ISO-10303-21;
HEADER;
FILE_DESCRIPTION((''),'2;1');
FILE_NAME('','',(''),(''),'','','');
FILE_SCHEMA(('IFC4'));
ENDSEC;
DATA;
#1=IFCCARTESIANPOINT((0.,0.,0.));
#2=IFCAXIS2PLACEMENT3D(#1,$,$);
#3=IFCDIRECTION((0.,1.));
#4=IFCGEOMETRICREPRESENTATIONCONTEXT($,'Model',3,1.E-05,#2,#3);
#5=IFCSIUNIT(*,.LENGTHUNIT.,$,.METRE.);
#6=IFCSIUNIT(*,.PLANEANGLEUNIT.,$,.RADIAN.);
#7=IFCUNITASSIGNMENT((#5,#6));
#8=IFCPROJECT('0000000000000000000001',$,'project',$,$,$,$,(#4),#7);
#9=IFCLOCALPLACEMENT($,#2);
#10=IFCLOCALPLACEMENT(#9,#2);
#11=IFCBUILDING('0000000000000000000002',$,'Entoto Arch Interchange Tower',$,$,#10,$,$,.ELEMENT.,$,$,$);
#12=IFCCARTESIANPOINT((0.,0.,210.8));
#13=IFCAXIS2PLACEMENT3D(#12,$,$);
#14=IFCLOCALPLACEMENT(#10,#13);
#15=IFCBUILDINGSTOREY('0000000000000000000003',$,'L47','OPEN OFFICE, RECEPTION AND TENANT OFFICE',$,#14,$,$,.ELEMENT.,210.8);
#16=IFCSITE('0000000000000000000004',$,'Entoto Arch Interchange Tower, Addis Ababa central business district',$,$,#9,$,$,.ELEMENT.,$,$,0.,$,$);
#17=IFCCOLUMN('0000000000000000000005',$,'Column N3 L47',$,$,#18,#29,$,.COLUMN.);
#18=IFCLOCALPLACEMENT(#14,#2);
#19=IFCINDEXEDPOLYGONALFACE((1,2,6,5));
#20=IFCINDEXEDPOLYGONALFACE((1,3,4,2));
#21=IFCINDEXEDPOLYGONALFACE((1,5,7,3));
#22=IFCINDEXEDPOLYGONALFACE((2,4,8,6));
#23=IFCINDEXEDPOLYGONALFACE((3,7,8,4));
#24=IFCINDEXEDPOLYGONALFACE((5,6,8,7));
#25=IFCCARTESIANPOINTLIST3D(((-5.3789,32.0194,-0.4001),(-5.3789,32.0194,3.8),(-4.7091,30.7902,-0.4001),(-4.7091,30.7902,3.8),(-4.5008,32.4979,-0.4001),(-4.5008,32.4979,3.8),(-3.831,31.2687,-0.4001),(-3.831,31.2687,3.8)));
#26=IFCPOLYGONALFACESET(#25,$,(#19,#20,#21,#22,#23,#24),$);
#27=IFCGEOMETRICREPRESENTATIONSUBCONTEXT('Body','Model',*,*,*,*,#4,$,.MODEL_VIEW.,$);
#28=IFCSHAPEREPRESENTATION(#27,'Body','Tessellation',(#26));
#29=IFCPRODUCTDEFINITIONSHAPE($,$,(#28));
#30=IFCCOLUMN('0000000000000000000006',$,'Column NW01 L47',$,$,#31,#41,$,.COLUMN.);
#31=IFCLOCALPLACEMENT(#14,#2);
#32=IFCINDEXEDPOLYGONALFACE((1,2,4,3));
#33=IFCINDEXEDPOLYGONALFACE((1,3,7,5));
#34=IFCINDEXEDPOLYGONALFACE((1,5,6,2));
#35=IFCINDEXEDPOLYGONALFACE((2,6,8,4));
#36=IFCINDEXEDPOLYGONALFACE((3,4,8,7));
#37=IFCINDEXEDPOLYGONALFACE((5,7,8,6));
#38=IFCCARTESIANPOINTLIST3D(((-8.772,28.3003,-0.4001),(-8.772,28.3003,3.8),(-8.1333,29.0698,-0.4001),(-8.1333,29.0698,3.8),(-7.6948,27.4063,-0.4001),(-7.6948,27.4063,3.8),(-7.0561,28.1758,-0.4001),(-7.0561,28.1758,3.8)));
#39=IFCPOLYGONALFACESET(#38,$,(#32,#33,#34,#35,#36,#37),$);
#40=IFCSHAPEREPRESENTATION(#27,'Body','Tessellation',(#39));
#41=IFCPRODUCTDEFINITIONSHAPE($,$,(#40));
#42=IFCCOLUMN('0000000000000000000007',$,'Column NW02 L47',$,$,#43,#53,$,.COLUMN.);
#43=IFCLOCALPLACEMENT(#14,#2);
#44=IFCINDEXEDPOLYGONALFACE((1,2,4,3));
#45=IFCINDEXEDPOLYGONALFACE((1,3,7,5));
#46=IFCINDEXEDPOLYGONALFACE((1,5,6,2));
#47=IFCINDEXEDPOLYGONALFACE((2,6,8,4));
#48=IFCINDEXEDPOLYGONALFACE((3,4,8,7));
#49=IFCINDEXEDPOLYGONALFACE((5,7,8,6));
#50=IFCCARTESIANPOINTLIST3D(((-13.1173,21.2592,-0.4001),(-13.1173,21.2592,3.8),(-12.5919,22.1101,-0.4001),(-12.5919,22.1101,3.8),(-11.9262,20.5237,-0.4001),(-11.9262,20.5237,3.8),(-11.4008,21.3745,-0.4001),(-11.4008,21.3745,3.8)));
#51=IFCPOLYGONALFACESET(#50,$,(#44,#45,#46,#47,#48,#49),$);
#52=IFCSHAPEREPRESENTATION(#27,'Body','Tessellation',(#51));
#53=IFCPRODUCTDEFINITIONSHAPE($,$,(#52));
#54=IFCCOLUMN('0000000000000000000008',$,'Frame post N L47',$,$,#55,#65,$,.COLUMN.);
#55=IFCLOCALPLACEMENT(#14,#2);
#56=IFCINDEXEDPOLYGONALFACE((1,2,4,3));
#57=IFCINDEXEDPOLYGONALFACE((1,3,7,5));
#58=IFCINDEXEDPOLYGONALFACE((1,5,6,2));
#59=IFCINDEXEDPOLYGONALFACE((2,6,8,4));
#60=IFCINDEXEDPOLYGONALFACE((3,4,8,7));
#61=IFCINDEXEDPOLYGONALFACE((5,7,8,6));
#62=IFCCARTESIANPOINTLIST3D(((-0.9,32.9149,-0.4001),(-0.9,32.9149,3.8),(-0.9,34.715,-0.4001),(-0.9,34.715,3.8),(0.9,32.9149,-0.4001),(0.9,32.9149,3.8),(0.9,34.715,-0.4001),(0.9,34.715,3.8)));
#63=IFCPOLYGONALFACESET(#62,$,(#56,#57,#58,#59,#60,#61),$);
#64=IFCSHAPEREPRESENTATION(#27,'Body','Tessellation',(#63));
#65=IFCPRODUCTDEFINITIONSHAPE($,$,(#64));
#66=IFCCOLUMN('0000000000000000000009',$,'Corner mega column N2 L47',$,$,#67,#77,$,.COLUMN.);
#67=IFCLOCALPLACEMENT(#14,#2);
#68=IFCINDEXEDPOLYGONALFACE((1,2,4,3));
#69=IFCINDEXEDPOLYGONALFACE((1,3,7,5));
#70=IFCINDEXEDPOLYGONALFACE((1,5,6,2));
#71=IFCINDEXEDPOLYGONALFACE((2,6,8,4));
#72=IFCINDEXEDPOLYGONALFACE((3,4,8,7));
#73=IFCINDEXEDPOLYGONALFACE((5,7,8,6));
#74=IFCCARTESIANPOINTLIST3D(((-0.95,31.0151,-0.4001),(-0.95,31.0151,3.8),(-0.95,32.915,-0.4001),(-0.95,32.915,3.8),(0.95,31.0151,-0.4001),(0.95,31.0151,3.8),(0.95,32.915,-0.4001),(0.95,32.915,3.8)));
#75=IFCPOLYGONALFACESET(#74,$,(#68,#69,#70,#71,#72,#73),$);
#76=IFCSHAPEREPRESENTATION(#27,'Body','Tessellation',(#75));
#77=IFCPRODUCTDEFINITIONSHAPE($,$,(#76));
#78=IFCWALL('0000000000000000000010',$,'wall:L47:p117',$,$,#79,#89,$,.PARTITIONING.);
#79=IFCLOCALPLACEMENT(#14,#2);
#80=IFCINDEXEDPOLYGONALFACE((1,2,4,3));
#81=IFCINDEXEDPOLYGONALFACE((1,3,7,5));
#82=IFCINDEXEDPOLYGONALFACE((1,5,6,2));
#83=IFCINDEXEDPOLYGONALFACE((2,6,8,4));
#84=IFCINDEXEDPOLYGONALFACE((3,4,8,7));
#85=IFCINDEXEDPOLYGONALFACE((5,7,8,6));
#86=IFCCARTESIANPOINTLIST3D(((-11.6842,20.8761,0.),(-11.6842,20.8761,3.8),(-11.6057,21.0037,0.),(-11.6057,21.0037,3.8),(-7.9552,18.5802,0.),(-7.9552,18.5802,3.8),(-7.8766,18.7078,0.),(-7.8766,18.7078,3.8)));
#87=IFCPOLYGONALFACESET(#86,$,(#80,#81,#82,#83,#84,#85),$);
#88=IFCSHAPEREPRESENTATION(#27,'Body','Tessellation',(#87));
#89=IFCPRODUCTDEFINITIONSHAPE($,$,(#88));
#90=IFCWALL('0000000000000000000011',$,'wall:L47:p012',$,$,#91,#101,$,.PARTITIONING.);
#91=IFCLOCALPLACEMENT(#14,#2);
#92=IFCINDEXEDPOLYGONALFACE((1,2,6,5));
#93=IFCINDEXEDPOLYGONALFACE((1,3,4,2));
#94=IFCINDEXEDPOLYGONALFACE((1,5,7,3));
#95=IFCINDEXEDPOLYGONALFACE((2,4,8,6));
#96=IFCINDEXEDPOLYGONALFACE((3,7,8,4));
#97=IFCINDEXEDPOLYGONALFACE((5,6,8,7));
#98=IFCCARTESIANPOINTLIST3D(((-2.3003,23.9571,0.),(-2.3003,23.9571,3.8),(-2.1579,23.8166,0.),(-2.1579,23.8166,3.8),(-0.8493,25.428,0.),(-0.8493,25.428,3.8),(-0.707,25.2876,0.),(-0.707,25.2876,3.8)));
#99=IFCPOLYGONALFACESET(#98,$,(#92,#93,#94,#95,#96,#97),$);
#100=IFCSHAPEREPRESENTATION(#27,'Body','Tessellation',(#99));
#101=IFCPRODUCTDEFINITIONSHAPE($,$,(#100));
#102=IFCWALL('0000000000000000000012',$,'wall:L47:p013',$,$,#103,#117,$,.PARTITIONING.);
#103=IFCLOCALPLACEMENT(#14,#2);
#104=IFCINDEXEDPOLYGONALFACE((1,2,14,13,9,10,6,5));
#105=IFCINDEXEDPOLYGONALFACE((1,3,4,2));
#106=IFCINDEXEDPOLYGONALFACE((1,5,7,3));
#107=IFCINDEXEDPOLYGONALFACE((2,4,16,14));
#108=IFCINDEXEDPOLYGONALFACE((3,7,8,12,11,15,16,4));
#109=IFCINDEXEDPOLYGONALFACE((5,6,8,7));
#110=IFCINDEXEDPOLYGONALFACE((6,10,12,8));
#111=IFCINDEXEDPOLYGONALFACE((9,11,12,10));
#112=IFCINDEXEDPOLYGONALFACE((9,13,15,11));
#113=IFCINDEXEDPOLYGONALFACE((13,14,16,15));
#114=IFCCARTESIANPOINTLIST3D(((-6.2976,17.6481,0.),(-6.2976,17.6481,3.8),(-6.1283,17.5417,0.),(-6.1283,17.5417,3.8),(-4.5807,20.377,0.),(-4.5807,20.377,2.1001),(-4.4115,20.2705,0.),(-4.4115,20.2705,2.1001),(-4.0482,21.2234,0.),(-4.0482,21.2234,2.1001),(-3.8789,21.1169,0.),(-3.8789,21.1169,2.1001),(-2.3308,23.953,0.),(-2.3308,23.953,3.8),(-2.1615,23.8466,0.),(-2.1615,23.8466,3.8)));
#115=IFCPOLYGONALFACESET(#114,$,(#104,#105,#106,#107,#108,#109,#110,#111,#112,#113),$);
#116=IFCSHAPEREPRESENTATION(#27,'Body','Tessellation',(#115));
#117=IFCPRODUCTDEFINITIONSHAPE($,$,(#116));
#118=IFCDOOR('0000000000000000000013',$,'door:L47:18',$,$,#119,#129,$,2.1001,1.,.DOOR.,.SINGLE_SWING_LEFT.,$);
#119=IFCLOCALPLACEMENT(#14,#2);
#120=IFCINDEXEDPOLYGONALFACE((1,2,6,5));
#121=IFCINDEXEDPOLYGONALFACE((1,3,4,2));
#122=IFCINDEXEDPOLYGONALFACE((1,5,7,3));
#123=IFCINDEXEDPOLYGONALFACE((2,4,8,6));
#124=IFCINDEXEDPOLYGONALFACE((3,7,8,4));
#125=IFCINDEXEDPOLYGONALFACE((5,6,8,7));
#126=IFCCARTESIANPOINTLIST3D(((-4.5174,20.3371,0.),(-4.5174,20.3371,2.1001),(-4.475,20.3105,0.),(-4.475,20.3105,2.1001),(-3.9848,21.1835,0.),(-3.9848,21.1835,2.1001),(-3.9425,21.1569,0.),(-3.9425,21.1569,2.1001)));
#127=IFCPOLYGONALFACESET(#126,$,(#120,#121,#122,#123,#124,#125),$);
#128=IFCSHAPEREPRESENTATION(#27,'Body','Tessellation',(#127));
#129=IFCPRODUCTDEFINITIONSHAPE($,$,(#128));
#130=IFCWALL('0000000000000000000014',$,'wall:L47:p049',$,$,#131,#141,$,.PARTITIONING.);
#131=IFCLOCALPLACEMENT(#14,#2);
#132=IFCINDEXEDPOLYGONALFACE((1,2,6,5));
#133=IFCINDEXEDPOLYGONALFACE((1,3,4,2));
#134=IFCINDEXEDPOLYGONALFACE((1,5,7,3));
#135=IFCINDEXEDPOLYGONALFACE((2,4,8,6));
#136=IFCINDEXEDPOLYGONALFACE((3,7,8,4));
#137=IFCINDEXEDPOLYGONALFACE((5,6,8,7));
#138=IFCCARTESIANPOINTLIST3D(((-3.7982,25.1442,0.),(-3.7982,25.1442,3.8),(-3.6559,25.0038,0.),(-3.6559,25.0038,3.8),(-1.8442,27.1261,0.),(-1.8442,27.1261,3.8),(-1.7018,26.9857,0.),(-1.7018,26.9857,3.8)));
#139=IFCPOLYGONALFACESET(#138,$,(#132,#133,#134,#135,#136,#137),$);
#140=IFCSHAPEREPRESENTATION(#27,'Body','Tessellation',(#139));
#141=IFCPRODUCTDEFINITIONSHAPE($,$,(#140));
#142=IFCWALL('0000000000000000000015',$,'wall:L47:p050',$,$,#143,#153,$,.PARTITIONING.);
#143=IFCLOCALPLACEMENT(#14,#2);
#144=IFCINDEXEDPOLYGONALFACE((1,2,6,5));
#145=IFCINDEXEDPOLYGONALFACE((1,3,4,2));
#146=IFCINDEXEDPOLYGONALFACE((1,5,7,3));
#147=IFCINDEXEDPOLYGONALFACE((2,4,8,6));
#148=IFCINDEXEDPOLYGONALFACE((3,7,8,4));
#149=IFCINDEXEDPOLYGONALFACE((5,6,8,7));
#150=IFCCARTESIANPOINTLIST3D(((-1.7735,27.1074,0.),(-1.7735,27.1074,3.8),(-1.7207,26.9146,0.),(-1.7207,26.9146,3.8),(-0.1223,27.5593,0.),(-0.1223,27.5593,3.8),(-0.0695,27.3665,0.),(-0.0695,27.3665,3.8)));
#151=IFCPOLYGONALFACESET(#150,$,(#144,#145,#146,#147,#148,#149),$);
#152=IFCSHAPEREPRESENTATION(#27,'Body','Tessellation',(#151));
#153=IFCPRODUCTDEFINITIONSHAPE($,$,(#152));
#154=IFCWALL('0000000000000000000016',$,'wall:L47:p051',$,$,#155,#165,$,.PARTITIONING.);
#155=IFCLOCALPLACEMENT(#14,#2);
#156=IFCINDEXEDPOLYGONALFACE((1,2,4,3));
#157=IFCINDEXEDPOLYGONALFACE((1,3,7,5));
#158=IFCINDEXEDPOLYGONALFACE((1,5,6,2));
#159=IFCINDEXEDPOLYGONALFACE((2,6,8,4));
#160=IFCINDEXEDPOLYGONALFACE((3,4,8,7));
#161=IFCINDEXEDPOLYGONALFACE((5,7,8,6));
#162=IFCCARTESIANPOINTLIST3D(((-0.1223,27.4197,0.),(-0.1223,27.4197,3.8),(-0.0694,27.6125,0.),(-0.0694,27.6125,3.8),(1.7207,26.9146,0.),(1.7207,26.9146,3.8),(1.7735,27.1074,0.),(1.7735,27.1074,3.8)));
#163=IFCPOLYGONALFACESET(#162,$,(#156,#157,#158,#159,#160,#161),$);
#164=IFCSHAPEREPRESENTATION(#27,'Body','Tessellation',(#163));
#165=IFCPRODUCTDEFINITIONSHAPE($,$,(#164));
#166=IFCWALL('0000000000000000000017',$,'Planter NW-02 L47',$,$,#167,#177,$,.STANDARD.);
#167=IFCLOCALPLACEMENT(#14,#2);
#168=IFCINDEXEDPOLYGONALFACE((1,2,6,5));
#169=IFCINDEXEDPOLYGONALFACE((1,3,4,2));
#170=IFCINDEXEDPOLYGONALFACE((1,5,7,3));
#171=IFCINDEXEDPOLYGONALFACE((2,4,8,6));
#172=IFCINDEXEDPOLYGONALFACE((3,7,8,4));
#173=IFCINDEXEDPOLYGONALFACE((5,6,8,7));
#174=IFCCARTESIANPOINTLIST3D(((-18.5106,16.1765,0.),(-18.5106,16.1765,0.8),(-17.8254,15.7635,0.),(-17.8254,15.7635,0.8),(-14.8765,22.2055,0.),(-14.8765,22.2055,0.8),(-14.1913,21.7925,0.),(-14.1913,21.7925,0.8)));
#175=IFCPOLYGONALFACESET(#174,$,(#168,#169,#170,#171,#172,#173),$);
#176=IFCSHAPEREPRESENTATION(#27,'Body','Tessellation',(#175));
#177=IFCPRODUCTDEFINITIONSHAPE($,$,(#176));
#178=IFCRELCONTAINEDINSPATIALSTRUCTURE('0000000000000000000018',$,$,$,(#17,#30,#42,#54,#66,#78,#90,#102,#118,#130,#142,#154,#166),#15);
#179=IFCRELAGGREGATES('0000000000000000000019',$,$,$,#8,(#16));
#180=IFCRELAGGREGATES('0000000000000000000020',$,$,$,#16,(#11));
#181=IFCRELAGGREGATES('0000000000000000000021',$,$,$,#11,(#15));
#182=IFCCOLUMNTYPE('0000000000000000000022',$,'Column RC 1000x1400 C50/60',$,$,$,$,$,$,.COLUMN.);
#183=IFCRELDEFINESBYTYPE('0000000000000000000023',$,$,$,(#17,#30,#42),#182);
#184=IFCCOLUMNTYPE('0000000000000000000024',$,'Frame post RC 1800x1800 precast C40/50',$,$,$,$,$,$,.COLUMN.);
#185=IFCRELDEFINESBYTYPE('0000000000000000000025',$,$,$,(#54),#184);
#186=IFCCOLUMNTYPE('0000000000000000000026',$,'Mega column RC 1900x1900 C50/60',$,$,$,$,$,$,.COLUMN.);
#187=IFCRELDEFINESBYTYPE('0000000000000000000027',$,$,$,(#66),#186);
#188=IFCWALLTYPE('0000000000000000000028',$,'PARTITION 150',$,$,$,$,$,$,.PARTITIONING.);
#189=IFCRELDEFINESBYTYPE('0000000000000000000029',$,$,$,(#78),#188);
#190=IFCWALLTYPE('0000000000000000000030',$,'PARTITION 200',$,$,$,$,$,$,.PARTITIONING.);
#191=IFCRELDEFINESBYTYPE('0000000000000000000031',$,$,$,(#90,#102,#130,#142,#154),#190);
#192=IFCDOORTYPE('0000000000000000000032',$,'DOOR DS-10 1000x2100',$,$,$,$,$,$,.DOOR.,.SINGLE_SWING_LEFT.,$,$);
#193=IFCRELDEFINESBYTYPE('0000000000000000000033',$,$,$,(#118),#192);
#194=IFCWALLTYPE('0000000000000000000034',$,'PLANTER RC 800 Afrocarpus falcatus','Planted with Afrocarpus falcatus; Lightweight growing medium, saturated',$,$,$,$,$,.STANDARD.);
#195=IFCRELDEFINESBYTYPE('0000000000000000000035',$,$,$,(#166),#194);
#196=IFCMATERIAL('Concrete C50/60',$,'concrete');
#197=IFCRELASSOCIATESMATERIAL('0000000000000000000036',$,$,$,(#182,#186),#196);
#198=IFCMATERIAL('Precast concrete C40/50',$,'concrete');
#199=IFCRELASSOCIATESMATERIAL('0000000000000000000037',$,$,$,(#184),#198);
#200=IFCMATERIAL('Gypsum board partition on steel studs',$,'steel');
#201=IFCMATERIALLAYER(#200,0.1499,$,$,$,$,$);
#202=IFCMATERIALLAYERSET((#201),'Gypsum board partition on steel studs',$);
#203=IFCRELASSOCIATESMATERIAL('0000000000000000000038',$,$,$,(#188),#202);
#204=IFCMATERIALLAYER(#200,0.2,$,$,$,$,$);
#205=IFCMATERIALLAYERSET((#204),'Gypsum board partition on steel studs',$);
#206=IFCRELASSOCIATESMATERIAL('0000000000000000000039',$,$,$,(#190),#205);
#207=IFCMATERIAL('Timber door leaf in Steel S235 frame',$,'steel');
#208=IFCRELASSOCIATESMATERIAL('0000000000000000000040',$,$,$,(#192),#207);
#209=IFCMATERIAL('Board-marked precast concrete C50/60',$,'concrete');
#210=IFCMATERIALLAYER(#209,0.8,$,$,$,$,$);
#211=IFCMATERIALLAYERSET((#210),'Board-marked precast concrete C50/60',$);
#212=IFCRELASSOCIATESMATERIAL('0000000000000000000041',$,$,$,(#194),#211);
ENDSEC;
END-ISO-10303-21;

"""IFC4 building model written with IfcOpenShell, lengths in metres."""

from ifc_helpers import new_model, si_unit, direction, frame, frame_2d, origin, origin_2d, place, context, subcontext, project, spatial, rectangle, extrude, material, layer, layer_set, material_profile, profile_set, type_object, element, fill, save


model = new_model("IFC4")

# Units and contexts
model_context = context("Model", 3, precision=1e-05, world=origin(), true_north=direction((0.0, 1.0)))
body_context = subcontext(model_context, "Body", "Model", "MODEL_VIEW")
ifc_project = project(units=[si_unit("LENGTHUNIT", "METRE"), si_unit("PLANEANGLEUNIT", "RADIAN")], contexts=[model_context])

# Site, building, storey
site_placement = place(None, origin())
site = spatial("IfcSite", under=ifc_project, at=site_placement, Name="Entoto Arch Interchange Tower, Addis Ababa central business district", CompositionType="ELEMENT", RefElevation=0.0)
building_placement = place(site_placement, origin())
building = spatial("IfcBuilding", under=site, at=building_placement, Name="Entoto Arch Interchange Tower", CompositionType="ELEMENT")
storey_placement = place(building_placement, frame((0.0, 0.0, 210.8)))
storey = spatial("IfcBuildingStorey", under=building, at=storey_placement, Name="L47", Description="OPEN OFFICE, RECEPTION AND TENANT OFFICE", CompositionType="ELEMENT", Elevation=210.8)

# Columns
ifc_material_1 = material(Name="Concrete C50/60", Category="concrete")
ifc_material_profile_1 = material_profile(ifc_material_1, rectangle(XDim=1.0, YDim=1.3999, at=origin_2d()))
ifc_profile_set_1 = profile_set([ifc_material_profile_1], Name="Concrete C50/60")
column_type_1 = type_object("IfcColumnType", Name="Column RC 1000x1400 C50/60", PredefinedType="COLUMN", material=ifc_profile_set_1)
for number, where, z_axis, x_axis, name in (
    (1, (-4.605, 31.644, -0.4001), (0.0, 0.0, 1.0), (0.8781, 0.478477, 0.0), "Column N3 L47"),
    (2, (-7.9141, 28.238, -0.4001), (0.0, 0.0, 1.0), (0.63866, 0.769489, 0.0), "Column NW01 L47"),
    (3, (-12.259, 21.3169, -0.4001), (0.0, 0.0, 1.0), (0.525427, 0.850839, 0.0), "Column NW02 L47"),
):
    element("IfcColumn", number, at=place(storey_placement, frame(where, z_axis=z_axis, x_axis=x_axis)), inside=storey, type_object=column_type_1, Name=name, PredefinedType="COLUMN", context=body_context, shape_type="SweptSolid", body=[
        extrude(rectangle(XDim=1.0, YDim=1.3999, at=origin_2d()), origin(), (0.0, 0.0, 1.0), 4.2002),
    ])
ifc_material_2 = material(Name="Precast concrete C40/50", Category="concrete")
ifc_material_profile_2 = material_profile(ifc_material_2, rectangle(XDim=1.8, YDim=1.8, at=origin_2d()))
ifc_profile_set_2 = profile_set([ifc_material_profile_2], Name="Precast concrete C40/50")
column_type_2 = type_object("IfcColumnType", Name="Frame post RC 1800x1800 precast C40/50", PredefinedType="COLUMN", material=ifc_profile_set_2)
column_1_placement = place(storey_placement, frame((0.0, 33.8149, -0.4001), z_axis=(0.0, 0.0, 1.0), x_axis=(0.0, 1.0, 0.0)))
element("IfcColumn", 4, at=column_1_placement, inside=storey, type_object=column_type_2, Name="Frame post N L47", PredefinedType="COLUMN", context=body_context, shape_type="SweptSolid", body=[
    extrude(rectangle(XDim=1.8, YDim=1.8, at=origin_2d()), origin(), (0.0, 0.0, 1.0), 4.2002),
])
ifc_material_profile_3 = material_profile(ifc_material_1, rectangle(XDim=1.8999, YDim=1.8999, at=origin_2d()))
ifc_profile_set_3 = profile_set([ifc_material_profile_3], Name="Concrete C50/60")
column_type_3 = type_object("IfcColumnType", Name="Mega column RC 1900x1900 C50/60", PredefinedType="COLUMN", material=ifc_profile_set_3)
column_2_placement = place(storey_placement, frame((0.0, 31.9651, -0.4001), z_axis=(0.0, 0.0, 1.0), x_axis=(0.0, 1.0, 0.0)))
element("IfcColumn", 5, at=column_2_placement, inside=storey, type_object=column_type_3, Name="Corner mega column N2 L47", PredefinedType="COLUMN", context=body_context, shape_type="SweptSolid", body=[
    extrude(rectangle(XDim=1.8999, YDim=1.8999, at=origin_2d()), origin(), (0.0, 0.0, 1.0), 4.2002),
])

# Walls
ifc_material_3 = material(Name="Gypsum board partition on steel studs", Category="steel")
ifc_layer_1 = layer(ifc_material_3, 0.1499)
ifc_layer_set_1 = layer_set([ifc_layer_1], Name="Gypsum board partition on steel studs")
wall_type_1 = type_object("IfcWallType", Name="PARTITION 150", PredefinedType="PARTITIONING", material=ifc_layer_set_1)
wall_1_placement = place(storey_placement, frame((-7.916, 18.644, 0.0), z_axis=(0.0, 0.0, 1.0), x_axis=(-0.851543, 0.524284, 0.0)))
element("IfcWall", 6, at=wall_1_placement, inside=storey, type_object=wall_type_1, Name="wall:L47:p117", PredefinedType="PARTITIONING", context=body_context, shape_type="SweptSolid", body=[
    extrude(rectangle(XDim=4.3792, YDim=0.1499, at=frame_2d((2.1895, 0.0))), origin(), (0.0, 0.0, 1.0), 3.8),
])
ifc_layer_2 = layer(ifc_material_3, 0.2)
ifc_layer_set_2 = layer_set([ifc_layer_2], Name="Gypsum board partition on steel studs")
wall_type_2 = type_object("IfcWallType", Name="PARTITION 200", PredefinedType="PARTITIONING", material=ifc_layer_set_2)
wall_2_placement = place(storey_placement, frame((-0.7781, 25.3579, 0.0), z_axis=(0.0, 0.0, 1.0), x_axis=(-0.702245, -0.711935, 0.0)))
element("IfcWall", 7, at=wall_2_placement, inside=storey, type_object=wall_type_2, Name="wall:L47:p012", PredefinedType="PARTITIONING", context=body_context, shape_type="SweptSolid", body=[
    extrude(rectangle(XDim=2.0662, YDim=0.2, at=frame_2d((1.0332, 0.0))), origin(), (0.0, 0.0, 1.0), 3.8),
])

# Wall, opening, door
wall_3_placement = place(storey_placement, frame((-2.2461, 23.8999, 0.0), z_axis=(0.0, 0.0, 1.0), x_axis=(-0.532527, -0.846413, 0.0)))
wall_3 = element("IfcWall", 8, at=wall_3_placement, inside=storey, type_object=wall_type_2, Name="wall:L47:p013", PredefinedType="PARTITIONING", context=body_context, shape_type="SweptSolid", body=[
    extrude(rectangle(XDim=7.449, YDim=0.2, at=frame_2d((3.7246, 0.0))), origin(), (0.0, 0.0, 1.0), 3.8),
])
opening_1_placement = place(wall_3_placement, frame((3.2251, 0.0, 0.0)))
opening_1 = element("IfcOpeningElement", 9, at=opening_1_placement, cuts=wall_3, PredefinedType="OPENING", context=body_context, shape_type="SweptSolid", body=[
    extrude(rectangle(XDim=1.0, YDim=2.1001, at=frame_2d((0.5, 1.05))), frame((0.0, 0.1099, 0.0), z_axis=(0.0, -1.0, 0.0), x_axis=(1.0, 0.0, 0.0)), (0.0, 0.0, 1.0), 0.22),
])
ifc_material_4 = material(Name="Timber door leaf in Steel S235 frame", Category="steel")
door_type_1 = type_object("IfcDoorType", Name="DOOR DS-10 1000x2100", OperationType="SINGLE_SWING_LEFT", PredefinedType="DOOR", material=ifc_material_4)
door_1_placement = place(opening_1_placement, origin())
door_1 = element("IfcDoor", 10, at=door_1_placement, inside=storey, type_object=door_type_1, Name="door:L47:18", OperationType="SINGLE_SWING_LEFT", OverallHeight=2.1001, OverallWidth=1.0, PredefinedType="DOOR", context=body_context, shape_type="SweptSolid", body=[
    extrude(rectangle(XDim=1.0, YDim=2.1001, at=frame_2d((0.5, 1.05))), frame((0.0, 0.0249, 0.0), z_axis=(0.0, -1.0, 0.0), x_axis=(1.0, 0.0, 0.0)), (0.0, 0.0, 1.0), 0.05),
])
fill(opening_1, door_1)

# Walls
wall_4_placement = place(storey_placement, frame((-3.7271, 25.074, 0.0), z_axis=(0.0, 0.0, 1.0), x_axis=(0.702089, 0.712089, 0.0)))
element("IfcWall", 11, at=wall_4_placement, inside=storey, type_object=wall_type_2, Name="wall:L47:p049", PredefinedType="PARTITIONING", context=body_context, shape_type="SweptSolid", body=[
    extrude(rectangle(XDim=2.7832, YDim=0.2, at=frame_2d((1.3916, 0.0))), origin(), (0.0, 0.0, 1.0), 3.8),
])
wall_5_placement = place(storey_placement, frame((-1.7471, 27.011, 0.0), z_axis=(0.0, 0.0, 1.0), x_axis=(0.964526, 0.263986, 0.0)))
element("IfcWall", 12, at=wall_5_placement, inside=storey, type_object=wall_type_2, Name="wall:L47:p050", PredefinedType="PARTITIONING", context=body_context, shape_type="SweptSolid", body=[
    extrude(rectangle(XDim=1.7119, YDim=0.2, at=frame_2d((0.856, 0.0))), origin(), (0.0, 0.0, 1.0), 3.8),
])
wall_6_placement = place(storey_placement, frame((-0.0959, 27.5161, 0.0), z_axis=(0.0, 0.0, 1.0), x_axis=(0.964433, -0.264328, 0.0)))
element("IfcWall", 13, at=wall_6_placement, inside=storey, type_object=wall_type_2, Name="wall:L47:p051", PredefinedType="PARTITIONING", context=body_context, shape_type="SweptSolid", body=[
    extrude(rectangle(XDim=1.9109, YDim=0.2, at=frame_2d((0.9556, 0.0))), origin(), (0.0, 0.0, 1.0), 3.8),
])
ifc_material_5 = material(Name="Board-marked precast concrete C50/60", Category="concrete")
ifc_layer_3 = layer(ifc_material_5, 0.8)
ifc_layer_set_3 = layer_set([ifc_layer_3], Name="Board-marked precast concrete C50/60")
wall_type_3 = type_object("IfcWallType", Name="PLANTER RC 800 Afrocarpus falcatus", Description="Planted with Afrocarpus falcatus; Lightweight growing medium, saturated", PredefinedType="STANDARD", material=ifc_layer_set_3)
wall_7_placement = place(storey_placement, frame((-14.5339, 21.999, 0.0), z_axis=(0.0, 0.0, 1.0), x_axis=(-0.516229, -0.856451, 0.0)))
element("IfcWall", 14, at=wall_7_placement, inside=storey, type_object=wall_type_3, Name="Planter NW-02 L47", PredefinedType="STANDARD", context=body_context, shape_type="SweptSolid", body=[
    extrude(rectangle(XDim=7.0396, YDim=0.8, at=frame_2d((3.5198, 0.0))), origin(), (0.0, 0.0, 1.0), 0.8),
])

save(model, "model.ifc")
